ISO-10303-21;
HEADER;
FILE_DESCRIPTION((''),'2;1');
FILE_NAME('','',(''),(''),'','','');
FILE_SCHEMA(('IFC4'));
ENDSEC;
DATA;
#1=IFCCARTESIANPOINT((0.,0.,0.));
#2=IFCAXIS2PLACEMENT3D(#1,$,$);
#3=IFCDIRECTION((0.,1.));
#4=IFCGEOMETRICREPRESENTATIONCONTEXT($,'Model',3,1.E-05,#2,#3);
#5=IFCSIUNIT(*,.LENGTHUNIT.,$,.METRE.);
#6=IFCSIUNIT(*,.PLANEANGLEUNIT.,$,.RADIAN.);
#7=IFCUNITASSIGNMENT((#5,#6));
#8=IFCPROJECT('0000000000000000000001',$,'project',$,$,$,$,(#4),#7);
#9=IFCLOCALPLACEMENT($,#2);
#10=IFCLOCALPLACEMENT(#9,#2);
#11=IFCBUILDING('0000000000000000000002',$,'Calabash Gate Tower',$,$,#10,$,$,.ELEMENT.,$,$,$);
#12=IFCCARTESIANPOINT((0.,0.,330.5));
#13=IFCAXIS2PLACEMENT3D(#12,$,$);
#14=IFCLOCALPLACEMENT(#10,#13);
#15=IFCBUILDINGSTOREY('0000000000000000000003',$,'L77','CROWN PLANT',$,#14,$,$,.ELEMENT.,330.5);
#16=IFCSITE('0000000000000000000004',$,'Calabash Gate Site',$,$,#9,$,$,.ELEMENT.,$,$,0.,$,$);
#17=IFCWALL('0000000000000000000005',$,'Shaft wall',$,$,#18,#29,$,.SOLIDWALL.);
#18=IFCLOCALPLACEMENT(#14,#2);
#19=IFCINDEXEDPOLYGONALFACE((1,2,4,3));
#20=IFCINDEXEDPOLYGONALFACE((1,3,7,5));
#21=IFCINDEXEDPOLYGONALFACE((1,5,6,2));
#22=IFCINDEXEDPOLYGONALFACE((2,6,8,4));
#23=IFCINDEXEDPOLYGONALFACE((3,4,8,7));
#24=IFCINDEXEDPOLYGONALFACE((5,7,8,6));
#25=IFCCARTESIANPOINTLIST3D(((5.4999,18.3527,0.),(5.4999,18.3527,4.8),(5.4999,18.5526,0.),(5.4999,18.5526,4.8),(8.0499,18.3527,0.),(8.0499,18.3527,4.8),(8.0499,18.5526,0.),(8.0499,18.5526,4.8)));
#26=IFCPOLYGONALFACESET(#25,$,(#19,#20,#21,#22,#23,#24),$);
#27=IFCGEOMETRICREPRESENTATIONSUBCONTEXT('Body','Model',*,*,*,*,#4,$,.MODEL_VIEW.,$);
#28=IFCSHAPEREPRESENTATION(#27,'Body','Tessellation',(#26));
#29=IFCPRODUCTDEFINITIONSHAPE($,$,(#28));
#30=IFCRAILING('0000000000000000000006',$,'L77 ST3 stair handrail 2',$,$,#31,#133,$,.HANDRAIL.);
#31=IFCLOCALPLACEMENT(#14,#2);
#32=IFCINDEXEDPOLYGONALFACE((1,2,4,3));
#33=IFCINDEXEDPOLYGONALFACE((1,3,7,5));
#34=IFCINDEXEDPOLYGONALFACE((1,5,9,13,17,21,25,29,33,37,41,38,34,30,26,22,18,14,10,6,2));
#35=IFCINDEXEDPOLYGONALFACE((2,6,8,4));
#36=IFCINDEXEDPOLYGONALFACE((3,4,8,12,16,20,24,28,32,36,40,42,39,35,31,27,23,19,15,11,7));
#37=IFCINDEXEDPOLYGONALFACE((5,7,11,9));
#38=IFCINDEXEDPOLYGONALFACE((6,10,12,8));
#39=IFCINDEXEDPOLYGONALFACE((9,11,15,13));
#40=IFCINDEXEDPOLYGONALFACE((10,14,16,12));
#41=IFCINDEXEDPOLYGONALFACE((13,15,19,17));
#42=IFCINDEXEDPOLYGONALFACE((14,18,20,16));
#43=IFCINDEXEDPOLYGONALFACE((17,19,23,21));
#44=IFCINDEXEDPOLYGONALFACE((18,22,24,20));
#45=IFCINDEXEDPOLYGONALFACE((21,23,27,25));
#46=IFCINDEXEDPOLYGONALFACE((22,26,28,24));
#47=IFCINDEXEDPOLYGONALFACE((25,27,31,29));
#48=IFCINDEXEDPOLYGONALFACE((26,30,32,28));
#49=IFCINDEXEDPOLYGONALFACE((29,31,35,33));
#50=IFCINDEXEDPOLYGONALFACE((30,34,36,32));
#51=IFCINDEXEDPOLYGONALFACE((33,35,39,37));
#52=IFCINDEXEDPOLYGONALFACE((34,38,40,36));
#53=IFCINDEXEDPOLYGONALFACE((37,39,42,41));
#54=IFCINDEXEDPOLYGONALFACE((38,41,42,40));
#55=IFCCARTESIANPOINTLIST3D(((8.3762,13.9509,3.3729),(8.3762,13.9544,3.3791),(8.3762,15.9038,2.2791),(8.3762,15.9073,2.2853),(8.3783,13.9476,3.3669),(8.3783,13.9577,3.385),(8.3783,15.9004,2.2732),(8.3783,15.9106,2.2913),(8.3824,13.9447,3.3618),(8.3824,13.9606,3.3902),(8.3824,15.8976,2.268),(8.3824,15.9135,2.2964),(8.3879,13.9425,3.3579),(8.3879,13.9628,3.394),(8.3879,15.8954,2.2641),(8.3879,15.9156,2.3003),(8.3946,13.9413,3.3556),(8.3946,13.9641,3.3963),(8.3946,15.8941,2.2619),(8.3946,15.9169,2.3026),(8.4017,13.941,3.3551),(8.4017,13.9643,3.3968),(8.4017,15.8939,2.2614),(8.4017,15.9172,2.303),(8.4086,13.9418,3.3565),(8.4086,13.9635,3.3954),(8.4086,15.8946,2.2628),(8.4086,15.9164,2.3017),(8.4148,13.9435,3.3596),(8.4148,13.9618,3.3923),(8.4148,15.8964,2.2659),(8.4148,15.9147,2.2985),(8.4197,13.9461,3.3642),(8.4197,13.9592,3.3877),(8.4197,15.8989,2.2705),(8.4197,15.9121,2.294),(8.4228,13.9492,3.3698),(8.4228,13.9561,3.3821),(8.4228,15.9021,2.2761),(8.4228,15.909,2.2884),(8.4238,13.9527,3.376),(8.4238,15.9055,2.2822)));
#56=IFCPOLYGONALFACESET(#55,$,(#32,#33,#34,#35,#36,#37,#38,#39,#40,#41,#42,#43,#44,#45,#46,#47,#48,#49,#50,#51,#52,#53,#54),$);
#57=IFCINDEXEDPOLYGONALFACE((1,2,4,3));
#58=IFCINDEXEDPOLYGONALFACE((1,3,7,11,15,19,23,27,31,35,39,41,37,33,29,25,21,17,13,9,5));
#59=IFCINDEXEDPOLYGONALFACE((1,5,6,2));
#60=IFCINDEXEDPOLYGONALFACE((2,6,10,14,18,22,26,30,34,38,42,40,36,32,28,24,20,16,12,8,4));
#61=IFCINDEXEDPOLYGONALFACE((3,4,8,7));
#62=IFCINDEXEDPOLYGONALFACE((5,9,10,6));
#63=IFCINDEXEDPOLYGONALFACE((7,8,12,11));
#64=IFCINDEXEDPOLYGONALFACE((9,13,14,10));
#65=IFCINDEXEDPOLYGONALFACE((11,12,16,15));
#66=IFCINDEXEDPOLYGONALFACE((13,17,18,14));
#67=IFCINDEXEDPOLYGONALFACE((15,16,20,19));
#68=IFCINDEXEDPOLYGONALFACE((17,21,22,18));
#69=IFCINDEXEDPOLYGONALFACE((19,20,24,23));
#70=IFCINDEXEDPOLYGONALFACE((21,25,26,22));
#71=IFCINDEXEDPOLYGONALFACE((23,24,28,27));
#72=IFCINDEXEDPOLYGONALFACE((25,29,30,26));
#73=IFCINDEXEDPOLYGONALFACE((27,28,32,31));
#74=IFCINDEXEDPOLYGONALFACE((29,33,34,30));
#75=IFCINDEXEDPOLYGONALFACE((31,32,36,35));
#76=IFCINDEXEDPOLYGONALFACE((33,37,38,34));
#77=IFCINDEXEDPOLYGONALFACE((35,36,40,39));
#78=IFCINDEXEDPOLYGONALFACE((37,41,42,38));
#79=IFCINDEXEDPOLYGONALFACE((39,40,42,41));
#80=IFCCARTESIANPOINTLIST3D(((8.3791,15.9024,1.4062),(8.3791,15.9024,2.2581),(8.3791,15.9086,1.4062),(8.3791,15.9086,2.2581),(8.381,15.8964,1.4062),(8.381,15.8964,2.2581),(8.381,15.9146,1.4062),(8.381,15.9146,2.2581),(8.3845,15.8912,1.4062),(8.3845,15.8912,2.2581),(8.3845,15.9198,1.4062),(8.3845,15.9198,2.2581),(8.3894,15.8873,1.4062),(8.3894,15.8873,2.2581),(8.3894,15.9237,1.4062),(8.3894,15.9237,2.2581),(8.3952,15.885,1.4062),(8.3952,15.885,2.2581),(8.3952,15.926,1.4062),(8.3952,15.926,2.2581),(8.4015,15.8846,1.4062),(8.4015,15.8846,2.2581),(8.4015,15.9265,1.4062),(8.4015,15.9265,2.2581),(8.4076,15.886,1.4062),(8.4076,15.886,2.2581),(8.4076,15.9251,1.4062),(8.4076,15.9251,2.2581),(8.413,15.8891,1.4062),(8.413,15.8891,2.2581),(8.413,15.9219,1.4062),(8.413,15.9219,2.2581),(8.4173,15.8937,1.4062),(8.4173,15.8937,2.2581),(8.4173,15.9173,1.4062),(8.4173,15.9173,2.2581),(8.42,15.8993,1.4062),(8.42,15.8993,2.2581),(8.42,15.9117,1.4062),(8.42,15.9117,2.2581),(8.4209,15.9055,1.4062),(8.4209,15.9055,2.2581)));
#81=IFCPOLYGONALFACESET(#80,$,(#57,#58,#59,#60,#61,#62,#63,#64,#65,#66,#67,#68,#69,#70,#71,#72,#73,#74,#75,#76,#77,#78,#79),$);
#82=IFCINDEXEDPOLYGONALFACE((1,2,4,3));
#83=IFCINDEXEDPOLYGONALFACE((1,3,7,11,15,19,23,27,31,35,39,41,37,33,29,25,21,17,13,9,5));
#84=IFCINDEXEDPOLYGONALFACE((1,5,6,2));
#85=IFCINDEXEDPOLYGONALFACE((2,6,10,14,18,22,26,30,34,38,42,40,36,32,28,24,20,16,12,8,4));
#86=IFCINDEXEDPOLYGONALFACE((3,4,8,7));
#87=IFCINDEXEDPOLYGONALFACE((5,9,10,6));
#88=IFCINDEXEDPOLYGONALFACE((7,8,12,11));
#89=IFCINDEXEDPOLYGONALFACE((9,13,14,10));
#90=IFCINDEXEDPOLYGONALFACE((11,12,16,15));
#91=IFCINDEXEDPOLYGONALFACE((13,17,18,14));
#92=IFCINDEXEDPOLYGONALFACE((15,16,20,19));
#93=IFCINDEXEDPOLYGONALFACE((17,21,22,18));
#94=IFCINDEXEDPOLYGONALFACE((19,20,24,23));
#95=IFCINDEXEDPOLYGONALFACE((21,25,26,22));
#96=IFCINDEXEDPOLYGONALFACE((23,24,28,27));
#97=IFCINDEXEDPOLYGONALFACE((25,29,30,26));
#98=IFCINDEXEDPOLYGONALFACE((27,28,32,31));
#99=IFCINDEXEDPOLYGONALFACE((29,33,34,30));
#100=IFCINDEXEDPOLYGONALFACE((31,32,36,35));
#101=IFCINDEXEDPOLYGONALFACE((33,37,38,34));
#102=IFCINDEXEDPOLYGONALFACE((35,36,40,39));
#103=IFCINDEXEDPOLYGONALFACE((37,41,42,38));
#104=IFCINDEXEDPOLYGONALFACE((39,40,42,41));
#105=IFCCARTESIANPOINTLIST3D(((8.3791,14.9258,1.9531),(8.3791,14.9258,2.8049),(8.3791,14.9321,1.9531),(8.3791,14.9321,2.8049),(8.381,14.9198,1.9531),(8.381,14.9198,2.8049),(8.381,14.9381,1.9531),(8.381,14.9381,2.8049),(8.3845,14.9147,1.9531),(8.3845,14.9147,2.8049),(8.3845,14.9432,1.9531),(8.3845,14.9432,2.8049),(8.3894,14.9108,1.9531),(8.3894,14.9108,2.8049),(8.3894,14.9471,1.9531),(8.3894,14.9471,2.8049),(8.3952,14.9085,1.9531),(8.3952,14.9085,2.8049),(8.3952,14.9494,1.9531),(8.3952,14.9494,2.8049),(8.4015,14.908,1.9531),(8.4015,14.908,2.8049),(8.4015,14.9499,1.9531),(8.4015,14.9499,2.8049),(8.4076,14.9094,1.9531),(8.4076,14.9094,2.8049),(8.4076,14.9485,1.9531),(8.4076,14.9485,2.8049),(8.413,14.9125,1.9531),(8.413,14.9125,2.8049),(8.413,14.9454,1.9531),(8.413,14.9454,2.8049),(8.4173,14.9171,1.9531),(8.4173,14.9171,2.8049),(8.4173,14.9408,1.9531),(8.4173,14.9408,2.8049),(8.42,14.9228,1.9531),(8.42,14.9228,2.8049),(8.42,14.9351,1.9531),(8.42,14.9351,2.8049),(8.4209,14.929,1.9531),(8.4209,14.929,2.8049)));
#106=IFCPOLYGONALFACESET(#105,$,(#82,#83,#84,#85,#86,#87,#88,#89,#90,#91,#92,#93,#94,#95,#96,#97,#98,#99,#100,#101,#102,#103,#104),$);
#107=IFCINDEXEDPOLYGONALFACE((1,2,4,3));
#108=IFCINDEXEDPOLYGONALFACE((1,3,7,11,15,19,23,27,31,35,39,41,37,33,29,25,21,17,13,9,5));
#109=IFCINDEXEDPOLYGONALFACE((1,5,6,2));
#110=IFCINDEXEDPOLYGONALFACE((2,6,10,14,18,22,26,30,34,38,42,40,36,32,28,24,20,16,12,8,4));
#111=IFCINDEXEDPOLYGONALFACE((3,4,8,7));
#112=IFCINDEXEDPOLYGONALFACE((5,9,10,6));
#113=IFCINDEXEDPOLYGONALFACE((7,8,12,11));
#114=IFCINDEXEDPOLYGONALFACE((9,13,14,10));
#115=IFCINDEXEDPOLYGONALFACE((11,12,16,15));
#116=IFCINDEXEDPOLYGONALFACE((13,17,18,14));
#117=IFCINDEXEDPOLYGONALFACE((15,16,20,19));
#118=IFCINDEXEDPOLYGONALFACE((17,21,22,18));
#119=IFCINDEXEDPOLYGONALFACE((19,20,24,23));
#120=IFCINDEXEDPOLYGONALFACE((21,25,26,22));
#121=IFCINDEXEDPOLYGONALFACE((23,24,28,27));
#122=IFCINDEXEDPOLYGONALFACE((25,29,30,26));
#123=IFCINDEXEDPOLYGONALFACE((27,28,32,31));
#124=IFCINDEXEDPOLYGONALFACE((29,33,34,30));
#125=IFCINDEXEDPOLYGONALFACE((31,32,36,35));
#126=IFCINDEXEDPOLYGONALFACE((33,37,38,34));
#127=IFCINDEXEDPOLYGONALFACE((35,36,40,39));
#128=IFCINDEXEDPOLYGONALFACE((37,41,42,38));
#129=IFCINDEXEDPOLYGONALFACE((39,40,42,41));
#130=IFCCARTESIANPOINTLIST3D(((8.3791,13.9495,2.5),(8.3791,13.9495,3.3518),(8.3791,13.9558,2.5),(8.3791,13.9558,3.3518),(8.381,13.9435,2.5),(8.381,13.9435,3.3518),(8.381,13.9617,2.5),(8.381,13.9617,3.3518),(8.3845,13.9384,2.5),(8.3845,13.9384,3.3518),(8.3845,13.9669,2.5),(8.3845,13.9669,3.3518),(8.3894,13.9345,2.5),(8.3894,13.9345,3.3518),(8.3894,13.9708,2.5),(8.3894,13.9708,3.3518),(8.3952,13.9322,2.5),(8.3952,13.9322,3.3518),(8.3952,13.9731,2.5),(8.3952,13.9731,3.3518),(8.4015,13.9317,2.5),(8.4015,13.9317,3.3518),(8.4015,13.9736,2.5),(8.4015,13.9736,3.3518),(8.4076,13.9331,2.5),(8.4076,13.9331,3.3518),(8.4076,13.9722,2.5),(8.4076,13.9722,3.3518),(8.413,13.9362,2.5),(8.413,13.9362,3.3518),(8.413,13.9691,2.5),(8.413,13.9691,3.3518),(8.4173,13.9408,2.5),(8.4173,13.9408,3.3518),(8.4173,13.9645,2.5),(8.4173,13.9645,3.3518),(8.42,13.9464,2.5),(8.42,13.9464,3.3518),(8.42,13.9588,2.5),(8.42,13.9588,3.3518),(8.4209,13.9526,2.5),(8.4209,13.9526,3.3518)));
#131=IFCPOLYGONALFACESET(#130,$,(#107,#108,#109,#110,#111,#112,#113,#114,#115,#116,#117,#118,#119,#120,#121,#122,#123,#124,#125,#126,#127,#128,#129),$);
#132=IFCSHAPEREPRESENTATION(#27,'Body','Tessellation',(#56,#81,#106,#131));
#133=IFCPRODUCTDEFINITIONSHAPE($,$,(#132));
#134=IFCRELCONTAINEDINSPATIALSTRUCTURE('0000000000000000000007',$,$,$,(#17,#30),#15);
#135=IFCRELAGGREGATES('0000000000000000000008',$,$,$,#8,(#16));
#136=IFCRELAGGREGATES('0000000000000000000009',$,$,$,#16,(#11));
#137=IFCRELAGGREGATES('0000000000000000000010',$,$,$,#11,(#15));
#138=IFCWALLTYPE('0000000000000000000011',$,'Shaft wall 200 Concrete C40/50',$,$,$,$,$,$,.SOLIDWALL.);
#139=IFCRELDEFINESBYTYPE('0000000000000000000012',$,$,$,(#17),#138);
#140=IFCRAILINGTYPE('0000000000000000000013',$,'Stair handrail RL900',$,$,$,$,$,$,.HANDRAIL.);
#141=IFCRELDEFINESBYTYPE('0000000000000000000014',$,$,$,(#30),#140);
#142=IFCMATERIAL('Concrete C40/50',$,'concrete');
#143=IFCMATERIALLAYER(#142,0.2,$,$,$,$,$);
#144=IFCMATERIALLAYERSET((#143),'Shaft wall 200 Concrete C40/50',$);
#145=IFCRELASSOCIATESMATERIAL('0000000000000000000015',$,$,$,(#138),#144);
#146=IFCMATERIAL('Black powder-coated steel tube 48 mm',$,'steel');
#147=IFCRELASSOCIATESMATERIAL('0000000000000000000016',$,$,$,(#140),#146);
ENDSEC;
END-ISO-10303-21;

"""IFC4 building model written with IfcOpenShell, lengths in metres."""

from ifc_helpers import new_model, si_unit, direction, frame, frame_2d, origin, origin_2d, place, context, subcontext, project, spatial, rectangle, circle, extrude, material, layer, layer_set, type_object, element, save


model = new_model("IFC4")

# Units and contexts
model_context = context("Model", 3, precision=1e-05, world=origin(), true_north=direction((0.0, 1.0)))
body_context = subcontext(model_context, "Body", "Model", "MODEL_VIEW")
ifc_project = project(units=[si_unit("LENGTHUNIT", "METRE"), si_unit("PLANEANGLEUNIT", "RADIAN")], contexts=[model_context])

# Site, building, storey
site_placement = place(None, origin())
site = spatial("IfcSite", under=ifc_project, at=site_placement, Name="Calabash Gate Site", CompositionType="ELEMENT", RefElevation=0.0)
building_placement = place(site_placement, origin())
building = spatial("IfcBuilding", under=site, at=building_placement, Name="Calabash Gate Tower", CompositionType="ELEMENT")
storey_placement = place(building_placement, frame((0.0, 0.0, 330.5)))
storey = spatial("IfcBuildingStorey", under=building, at=storey_placement, Name="L77", Description="CROWN PLANT", CompositionType="ELEMENT", Elevation=330.5)

# Shared definitions
ifc_material_1 = material(Name="Concrete C40/50", Category="concrete")
ifc_layer_1 = layer(ifc_material_1, 0.2)
ifc_layer_set_1 = layer_set([ifc_layer_1], Name="Shaft wall 200 Concrete C40/50")
wall_type_1 = type_object("IfcWallType", Name="Shaft wall 200 Concrete C40/50", PredefinedType="SOLIDWALL", material=ifc_layer_set_1)

# Wall
wall_1_placement = place(storey_placement, frame((5.5, 18.4526, 0.0), z_axis=(0.0, 0.0, 1.0), x_axis=(1.0, 0.0, 0.0)))
element("IfcWall", 1, at=wall_1_placement, inside=storey, type_object=wall_type_1, Name="Shaft wall", PredefinedType="SOLIDWALL", context=body_context, shape_type="SweptSolid", body=[
    extrude(rectangle(XDim=2.55, YDim=0.2, at=frame_2d((1.2749, 0.0))), origin(), (0.0, 0.0, 1.0), 4.8),
])

# Railing
ifc_material_2 = material(Name="Black powder-coated steel tube 48 mm", Category="steel")
railing_type_1 = type_object("IfcRailingType", Name="Stair handrail RL900", PredefinedType="HANDRAIL", material=ifc_material_2)
for number, where, name in (
    (2, (8.3999, 15.9055, 1.4062), "L77 ST3 stair handrail 2"),
):
    element("IfcRailing", number, at=place(storey_placement, frame(where)), inside=storey, type_object=railing_type_1, Name=name, PredefinedType="HANDRAIL", context=body_context, shape_type="SweptSolid", body=[
        extrude(circle(Radius=0.0239, at=origin_2d()), frame((0.0, 0.0, 0.876), z_axis=(0.0, -0.87248, 0.48865), x_axis=(1.0, 0.0, 0.0)), (0.0, 0.0, 1.0), 2.2383),
        extrude(circle(Radius=0.021, at=origin_2d()), origin(), (0.0, 0.0, 1.0), 0.8518),
        extrude(circle(Radius=0.021, at=origin_2d()), frame((0.0, -0.9766, 0.5469)), (0.0, 0.0, 1.0), 0.8518),
        extrude(circle(Radius=0.021, at=origin_2d()), frame((0.0, -1.9529, 1.0938)), (0.0, 0.0, 1.0), 0.8518),
    ])

save(model, "model.ifc")
